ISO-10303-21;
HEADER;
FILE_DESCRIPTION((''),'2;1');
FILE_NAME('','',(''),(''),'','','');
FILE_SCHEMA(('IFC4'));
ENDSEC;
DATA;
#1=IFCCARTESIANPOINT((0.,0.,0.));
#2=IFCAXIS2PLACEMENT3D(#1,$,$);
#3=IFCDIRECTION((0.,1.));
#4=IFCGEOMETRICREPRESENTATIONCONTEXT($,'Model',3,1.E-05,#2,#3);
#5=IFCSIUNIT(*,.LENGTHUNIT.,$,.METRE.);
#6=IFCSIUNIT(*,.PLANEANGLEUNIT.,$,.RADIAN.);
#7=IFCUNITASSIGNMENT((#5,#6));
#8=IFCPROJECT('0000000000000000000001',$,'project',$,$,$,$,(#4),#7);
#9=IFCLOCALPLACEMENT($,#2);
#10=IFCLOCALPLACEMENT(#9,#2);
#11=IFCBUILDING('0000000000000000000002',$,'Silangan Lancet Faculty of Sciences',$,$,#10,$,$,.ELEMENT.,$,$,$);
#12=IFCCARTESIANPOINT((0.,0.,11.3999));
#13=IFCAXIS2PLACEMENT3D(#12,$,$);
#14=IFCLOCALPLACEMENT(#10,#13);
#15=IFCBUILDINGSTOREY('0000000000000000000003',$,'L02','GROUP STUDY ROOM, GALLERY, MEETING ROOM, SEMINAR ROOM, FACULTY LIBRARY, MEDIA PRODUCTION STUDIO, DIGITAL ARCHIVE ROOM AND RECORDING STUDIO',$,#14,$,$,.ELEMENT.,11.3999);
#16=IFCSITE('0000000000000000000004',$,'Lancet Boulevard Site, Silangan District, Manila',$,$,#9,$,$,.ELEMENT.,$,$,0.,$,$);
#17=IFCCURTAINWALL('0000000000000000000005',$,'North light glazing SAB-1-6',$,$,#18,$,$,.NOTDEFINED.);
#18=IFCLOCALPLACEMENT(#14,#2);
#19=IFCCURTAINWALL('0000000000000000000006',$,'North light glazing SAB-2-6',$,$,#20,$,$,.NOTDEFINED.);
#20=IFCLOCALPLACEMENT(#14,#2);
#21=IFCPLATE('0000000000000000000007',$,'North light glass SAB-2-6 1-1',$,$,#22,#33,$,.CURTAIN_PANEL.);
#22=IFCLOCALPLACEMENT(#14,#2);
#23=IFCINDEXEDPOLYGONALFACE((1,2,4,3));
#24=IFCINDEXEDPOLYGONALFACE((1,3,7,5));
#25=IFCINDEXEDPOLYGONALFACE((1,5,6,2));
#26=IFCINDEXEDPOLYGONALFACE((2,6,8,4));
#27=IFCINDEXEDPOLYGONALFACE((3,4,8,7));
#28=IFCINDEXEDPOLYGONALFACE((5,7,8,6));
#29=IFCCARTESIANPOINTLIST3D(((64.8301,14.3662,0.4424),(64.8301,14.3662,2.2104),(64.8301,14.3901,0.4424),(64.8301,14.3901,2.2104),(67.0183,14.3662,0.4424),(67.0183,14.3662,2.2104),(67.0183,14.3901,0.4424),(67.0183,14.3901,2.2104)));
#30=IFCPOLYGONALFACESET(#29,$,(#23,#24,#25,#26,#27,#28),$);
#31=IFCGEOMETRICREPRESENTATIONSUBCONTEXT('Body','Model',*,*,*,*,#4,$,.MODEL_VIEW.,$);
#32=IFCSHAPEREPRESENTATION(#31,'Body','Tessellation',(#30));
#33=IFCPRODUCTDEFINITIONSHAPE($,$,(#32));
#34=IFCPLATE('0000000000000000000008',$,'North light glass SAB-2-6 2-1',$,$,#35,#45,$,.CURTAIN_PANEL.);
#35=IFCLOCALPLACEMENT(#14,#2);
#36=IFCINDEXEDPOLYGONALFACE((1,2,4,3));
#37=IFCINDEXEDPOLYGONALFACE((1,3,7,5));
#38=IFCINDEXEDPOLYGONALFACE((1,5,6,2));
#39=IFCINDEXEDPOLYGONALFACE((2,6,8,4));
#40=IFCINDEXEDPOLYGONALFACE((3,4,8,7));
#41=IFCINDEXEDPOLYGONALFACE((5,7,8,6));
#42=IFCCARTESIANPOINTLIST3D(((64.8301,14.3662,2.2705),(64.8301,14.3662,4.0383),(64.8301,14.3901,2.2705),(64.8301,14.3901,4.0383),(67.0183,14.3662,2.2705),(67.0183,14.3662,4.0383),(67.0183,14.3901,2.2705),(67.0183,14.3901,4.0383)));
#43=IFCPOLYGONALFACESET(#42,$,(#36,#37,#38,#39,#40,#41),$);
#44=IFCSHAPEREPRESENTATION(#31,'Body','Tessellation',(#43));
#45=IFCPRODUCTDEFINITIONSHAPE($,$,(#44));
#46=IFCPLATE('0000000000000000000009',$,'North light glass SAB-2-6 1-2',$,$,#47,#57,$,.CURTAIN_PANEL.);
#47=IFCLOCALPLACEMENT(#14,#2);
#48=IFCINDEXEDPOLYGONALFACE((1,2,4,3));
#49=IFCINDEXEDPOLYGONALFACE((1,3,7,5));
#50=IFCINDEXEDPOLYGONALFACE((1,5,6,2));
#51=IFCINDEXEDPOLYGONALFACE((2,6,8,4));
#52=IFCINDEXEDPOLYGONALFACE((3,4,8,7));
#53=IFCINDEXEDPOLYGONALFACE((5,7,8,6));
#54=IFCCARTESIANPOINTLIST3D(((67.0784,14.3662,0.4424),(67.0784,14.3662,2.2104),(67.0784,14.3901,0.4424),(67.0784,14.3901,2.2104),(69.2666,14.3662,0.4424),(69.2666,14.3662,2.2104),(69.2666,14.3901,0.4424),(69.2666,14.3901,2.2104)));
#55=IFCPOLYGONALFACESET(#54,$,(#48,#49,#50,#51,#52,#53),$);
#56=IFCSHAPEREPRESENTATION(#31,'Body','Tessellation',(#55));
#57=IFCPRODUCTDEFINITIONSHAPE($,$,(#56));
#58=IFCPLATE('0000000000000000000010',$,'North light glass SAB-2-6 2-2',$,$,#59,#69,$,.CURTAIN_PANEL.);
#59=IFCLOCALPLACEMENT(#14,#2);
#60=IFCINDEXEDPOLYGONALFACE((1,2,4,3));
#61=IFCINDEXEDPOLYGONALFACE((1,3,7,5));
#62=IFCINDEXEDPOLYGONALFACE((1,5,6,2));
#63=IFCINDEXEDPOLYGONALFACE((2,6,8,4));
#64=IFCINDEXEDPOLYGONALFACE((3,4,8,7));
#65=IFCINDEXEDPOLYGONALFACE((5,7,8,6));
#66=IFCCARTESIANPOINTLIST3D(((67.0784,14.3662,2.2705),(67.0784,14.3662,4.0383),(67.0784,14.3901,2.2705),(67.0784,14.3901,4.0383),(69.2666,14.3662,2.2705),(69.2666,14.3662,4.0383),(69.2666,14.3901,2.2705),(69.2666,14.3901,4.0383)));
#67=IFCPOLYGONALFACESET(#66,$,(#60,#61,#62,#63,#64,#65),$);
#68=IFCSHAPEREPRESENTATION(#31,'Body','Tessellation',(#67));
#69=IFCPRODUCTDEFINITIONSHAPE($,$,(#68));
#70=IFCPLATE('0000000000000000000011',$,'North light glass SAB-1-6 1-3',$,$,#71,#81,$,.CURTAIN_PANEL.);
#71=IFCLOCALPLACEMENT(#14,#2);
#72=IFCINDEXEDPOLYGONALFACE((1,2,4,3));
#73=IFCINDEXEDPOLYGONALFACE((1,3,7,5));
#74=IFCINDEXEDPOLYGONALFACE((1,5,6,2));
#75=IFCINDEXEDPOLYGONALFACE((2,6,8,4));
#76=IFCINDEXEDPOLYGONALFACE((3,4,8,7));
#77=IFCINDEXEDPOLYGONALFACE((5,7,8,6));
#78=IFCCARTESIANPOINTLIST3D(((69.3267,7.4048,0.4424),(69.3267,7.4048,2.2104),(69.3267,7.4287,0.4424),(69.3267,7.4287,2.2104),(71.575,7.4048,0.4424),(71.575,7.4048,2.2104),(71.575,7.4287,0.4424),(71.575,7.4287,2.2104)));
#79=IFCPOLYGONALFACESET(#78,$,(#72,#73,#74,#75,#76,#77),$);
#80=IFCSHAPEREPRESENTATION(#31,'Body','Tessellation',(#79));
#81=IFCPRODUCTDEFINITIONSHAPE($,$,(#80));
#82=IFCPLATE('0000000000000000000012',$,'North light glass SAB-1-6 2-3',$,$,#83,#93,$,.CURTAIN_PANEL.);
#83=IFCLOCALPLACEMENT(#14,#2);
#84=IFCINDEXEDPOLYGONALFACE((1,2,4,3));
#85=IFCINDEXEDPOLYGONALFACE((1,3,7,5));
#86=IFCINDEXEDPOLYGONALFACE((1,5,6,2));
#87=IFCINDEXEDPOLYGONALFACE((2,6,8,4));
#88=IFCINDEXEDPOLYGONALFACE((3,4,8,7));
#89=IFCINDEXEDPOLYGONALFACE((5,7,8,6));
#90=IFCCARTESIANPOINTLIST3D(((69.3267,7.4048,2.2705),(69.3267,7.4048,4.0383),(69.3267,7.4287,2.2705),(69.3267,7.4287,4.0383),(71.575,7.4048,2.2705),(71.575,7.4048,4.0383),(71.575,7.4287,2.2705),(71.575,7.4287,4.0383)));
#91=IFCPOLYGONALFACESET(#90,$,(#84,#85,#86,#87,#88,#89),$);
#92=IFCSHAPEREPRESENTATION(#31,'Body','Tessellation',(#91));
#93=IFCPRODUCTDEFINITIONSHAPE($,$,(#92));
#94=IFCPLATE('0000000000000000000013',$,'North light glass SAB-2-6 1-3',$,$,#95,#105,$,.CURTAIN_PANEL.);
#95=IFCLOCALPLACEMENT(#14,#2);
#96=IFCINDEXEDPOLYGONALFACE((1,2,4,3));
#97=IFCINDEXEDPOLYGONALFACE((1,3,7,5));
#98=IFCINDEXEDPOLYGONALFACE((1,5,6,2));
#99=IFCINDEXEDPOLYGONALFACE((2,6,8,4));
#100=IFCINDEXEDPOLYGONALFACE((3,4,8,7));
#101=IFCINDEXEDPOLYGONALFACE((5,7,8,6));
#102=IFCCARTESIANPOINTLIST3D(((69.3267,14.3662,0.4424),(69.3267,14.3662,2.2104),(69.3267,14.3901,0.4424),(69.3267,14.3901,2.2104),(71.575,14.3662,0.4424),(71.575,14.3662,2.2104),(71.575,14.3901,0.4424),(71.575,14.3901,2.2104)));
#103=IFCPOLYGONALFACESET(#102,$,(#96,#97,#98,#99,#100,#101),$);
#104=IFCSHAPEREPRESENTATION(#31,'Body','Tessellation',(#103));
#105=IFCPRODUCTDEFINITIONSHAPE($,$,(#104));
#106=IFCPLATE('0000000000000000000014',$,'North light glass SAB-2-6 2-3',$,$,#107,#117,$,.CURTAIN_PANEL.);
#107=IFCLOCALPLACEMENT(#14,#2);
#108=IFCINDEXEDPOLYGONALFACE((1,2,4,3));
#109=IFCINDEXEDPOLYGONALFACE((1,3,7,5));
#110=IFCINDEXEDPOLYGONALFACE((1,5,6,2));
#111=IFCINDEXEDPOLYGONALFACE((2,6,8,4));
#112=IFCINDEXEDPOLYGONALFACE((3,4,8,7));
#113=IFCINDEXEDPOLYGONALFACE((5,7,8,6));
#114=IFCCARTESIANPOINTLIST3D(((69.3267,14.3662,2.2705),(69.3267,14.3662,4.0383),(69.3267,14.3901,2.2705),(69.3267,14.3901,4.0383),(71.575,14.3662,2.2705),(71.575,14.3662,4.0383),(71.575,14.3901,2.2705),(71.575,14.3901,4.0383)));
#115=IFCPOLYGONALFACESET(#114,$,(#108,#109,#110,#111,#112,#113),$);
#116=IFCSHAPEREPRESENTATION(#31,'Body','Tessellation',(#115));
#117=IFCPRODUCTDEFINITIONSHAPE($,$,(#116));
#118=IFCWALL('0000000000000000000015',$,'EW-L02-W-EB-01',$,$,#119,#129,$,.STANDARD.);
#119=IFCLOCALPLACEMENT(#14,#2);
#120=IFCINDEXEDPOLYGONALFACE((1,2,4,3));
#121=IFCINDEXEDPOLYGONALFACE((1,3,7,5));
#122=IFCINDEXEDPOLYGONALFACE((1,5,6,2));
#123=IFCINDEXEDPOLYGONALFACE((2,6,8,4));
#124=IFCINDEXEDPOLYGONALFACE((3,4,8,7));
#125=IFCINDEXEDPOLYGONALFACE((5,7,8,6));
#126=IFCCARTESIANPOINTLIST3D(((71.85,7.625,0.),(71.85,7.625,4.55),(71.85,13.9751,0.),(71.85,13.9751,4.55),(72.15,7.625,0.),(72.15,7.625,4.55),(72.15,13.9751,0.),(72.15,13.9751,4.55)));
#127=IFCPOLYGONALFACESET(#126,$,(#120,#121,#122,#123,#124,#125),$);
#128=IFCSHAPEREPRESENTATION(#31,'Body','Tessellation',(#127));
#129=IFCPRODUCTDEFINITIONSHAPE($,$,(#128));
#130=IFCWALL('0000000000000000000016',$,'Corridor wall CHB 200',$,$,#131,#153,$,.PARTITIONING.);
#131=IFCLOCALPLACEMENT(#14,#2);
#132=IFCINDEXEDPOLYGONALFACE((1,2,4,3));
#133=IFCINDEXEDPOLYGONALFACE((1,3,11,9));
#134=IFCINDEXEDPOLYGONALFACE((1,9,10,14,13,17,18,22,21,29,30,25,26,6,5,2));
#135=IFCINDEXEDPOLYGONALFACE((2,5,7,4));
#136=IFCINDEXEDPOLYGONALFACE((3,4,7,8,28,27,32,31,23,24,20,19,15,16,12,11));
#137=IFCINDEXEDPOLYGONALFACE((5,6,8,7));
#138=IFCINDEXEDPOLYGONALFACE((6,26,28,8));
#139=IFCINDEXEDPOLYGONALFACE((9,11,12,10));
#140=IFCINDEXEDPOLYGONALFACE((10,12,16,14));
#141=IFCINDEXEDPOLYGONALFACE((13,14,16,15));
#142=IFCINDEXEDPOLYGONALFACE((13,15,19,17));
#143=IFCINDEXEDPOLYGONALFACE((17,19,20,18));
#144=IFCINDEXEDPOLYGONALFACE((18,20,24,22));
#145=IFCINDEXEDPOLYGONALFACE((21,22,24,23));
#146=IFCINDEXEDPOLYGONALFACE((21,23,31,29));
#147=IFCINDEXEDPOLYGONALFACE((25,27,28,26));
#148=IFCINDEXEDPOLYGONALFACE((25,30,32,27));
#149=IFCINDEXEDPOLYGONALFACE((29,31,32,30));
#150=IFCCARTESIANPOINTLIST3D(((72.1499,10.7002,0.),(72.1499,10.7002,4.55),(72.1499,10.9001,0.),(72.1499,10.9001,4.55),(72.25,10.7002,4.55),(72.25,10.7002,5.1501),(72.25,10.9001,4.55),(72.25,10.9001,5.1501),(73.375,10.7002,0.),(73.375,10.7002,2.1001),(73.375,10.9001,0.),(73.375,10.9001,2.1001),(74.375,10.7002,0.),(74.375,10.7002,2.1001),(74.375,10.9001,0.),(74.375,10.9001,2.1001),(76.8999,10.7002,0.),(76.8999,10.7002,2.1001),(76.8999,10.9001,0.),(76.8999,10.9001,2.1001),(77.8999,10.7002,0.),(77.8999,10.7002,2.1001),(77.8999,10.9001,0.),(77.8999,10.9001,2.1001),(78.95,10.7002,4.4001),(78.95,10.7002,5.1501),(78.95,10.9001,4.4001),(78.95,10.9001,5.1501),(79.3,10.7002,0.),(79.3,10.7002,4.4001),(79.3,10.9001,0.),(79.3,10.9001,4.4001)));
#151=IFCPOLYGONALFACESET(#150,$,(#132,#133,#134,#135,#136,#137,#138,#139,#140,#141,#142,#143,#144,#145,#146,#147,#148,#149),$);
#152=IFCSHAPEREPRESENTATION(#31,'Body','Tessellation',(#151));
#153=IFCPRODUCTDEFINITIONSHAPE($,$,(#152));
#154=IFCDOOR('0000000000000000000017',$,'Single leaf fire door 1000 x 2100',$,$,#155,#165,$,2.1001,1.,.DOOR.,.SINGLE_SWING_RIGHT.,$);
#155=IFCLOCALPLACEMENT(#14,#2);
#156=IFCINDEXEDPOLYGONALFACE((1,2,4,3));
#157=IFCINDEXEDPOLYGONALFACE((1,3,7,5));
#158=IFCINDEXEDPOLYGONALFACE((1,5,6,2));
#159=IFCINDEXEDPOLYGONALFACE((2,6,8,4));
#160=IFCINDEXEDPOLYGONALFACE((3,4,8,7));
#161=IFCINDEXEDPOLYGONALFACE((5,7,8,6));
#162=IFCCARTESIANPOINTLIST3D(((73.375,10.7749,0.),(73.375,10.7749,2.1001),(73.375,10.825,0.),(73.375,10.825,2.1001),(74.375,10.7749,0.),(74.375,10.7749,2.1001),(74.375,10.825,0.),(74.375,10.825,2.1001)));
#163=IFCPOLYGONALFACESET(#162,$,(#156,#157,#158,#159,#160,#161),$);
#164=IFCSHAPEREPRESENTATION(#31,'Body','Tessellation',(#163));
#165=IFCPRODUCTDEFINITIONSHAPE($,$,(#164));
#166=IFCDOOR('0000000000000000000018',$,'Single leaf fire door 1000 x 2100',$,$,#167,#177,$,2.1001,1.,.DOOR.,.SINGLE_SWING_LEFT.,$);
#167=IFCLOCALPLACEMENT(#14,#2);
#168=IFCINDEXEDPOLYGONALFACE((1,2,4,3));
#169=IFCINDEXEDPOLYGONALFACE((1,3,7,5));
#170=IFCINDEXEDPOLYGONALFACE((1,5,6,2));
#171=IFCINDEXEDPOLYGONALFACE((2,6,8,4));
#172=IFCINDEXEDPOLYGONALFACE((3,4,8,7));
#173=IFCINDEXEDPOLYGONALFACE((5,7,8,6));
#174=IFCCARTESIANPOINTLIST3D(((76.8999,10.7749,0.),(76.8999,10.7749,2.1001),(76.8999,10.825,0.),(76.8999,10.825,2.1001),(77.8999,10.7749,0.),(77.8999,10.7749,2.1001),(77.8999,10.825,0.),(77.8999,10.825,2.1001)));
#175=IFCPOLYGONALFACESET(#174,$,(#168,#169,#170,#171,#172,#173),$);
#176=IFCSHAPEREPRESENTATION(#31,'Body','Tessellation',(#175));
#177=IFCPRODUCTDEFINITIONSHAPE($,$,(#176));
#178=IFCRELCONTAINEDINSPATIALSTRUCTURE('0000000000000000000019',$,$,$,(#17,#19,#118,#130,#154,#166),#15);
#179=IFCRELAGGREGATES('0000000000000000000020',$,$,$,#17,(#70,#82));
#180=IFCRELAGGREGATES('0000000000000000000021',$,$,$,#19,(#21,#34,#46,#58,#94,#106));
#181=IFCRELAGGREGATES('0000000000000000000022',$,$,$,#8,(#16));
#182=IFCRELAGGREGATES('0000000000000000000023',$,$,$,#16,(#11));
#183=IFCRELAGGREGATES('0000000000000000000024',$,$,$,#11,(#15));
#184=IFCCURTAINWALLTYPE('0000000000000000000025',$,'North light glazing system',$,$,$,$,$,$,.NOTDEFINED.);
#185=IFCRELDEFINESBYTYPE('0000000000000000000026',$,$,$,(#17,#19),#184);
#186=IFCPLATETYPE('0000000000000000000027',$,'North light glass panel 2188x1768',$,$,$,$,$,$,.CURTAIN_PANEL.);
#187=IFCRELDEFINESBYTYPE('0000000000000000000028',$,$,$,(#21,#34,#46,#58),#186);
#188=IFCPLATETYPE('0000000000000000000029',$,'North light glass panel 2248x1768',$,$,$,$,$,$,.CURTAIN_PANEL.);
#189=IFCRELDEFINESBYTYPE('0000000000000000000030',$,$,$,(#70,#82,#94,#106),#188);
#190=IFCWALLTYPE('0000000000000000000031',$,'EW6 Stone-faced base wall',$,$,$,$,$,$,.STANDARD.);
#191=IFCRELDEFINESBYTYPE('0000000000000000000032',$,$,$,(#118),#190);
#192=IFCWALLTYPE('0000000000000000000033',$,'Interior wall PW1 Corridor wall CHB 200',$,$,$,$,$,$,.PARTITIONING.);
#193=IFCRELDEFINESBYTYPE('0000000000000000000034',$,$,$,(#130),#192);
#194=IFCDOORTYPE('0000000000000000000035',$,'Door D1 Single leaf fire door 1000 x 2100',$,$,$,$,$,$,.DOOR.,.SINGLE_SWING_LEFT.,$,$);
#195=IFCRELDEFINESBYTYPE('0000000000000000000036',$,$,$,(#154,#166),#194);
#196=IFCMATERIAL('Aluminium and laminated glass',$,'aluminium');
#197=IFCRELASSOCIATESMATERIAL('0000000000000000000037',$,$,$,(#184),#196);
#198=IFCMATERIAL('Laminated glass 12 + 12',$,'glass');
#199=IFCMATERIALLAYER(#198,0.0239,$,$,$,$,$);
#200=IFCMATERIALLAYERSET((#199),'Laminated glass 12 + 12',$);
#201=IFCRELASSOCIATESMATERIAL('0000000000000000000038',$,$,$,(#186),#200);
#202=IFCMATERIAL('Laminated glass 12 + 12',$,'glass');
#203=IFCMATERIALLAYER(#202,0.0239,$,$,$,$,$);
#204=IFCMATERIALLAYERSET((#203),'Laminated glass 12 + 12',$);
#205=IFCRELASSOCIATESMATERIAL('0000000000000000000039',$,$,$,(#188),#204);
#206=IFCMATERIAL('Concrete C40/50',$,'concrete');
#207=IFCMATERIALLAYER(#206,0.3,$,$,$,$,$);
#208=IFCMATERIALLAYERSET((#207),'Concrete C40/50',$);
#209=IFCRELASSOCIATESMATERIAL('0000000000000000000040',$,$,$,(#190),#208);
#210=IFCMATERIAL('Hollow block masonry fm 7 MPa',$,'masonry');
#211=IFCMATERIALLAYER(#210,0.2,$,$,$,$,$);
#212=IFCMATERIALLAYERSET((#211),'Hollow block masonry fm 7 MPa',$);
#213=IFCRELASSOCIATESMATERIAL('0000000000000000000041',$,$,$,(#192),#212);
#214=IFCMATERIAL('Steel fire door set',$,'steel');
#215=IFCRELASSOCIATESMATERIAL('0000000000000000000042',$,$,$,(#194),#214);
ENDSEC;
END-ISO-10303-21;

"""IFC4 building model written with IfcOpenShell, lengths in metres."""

from ifc_helpers import new_model, si_unit, direction, frame, frame_2d, origin, place, context, subcontext, project, spatial, polyline, rectangle, outline, extrude, material, layer, layer_set, type_object, element, fill, aggregate, save


model = new_model("IFC4")

# Units and contexts
model_context = context("Model", 3, precision=1e-05, world=origin(), true_north=direction((0.0, 1.0)))
body_context = subcontext(model_context, "Body", "Model", "MODEL_VIEW")
ifc_project = project(units=[si_unit("LENGTHUNIT", "METRE"), si_unit("PLANEANGLEUNIT", "RADIAN")], contexts=[model_context])

# Site, building, storey
site_placement = place(None, origin())
site = spatial("IfcSite", under=ifc_project, at=site_placement, Name="Lancet Boulevard Site, Silangan District, Manila", CompositionType="ELEMENT", RefElevation=0.0)
building_placement = place(site_placement, origin())
building = spatial("IfcBuilding", under=site, at=building_placement, Name="Silangan Lancet Faculty of Sciences", CompositionType="ELEMENT")
storey_placement = place(building_placement, frame((0.0, 0.0, 11.3999)))
storey = spatial("IfcBuildingStorey", under=building, at=storey_placement, Name="L02", Description="GROUP STUDY ROOM, GALLERY, MEETING ROOM, SEMINAR ROOM, FACULTY LIBRARY, MEDIA PRODUCTION STUDIO, DIGITAL ARCHIVE ROOM AND RECORDING STUDIO", CompositionType="ELEMENT", Elevation=11.3999)

# Curtain walls
ifc_material_1 = material(Name="Aluminium and laminated glass", Category="aluminium")
curtain_wall_type = type_object("IfcCurtainWallType", Name="North light glazing system", PredefinedType="NOTDEFINED", material=ifc_material_1)
curtain_wall_1_placement = place(storey_placement, origin())
curtain_wall_1 = element("IfcCurtainWall", 1, at=curtain_wall_1_placement, inside=storey, type_object=curtain_wall_type, Name="North light glazing SAB-1-6", PredefinedType="NOTDEFINED")
curtain_wall_2_placement = place(storey_placement, origin())
curtain_wall_2 = element("IfcCurtainWall", 2, at=curtain_wall_2_placement, inside=storey, type_object=curtain_wall_type, Name="North light glazing SAB-2-6", PredefinedType="NOTDEFINED")

# Plates
ifc_material_2 = material(Name="Laminated glass 12 + 12", Category="glass")
ifc_layer_1 = layer(ifc_material_2, 0.0239)
ifc_layer_set_1 = layer_set([ifc_layer_1], Name="Laminated glass 12 + 12")
plate_type_1 = type_object("IfcPlateType", Name="North light glass panel 2188x1768", PredefinedType="CURTAIN_PANEL", material=ifc_layer_set_1)
plate_1_placement = place(storey_placement, frame((64.8301, 14.3662, 0.4424), z_axis=(0.0, -1.0, 0.0), x_axis=(1.0, 0.0, 0.0)))
plate_1 = element("IfcPlate", 3, at=plate_1_placement, type_object=plate_type_1, Name="North light glass SAB-2-6 1-1", PredefinedType="CURTAIN_PANEL", context=body_context, shape_type="SweptSolid", body=[
    extrude(outline(polyline([(0.0, 0.0), (2.1882, 0.0), (2.1882, 1.7681), (0.0, 1.7681), (0.0, 0.0)])), origin(), (0.0, 0.0, -1.0), 0.0239),
])
plate_2_placement = place(storey_placement, frame((64.8301, 14.3662, 2.2705), z_axis=(0.0, -1.0, 0.0), x_axis=(1.0, 0.0, 0.0)))
plate_2 = element("IfcPlate", 4, at=plate_2_placement, type_object=plate_type_1, Name="North light glass SAB-2-6 2-1", PredefinedType="CURTAIN_PANEL", context=body_context, shape_type="SweptSolid", body=[
    extrude(outline(polyline([(0.0, 0.0), (2.1882, 0.0), (2.1882, 1.7678), (0.0, 1.7678), (0.0, 0.0)])), origin(), (0.0, 0.0, -1.0), 0.0239),
])
plate_3_placement = place(storey_placement, frame((67.0784, 14.3662, 0.4424), z_axis=(0.0, -1.0, 0.0), x_axis=(1.0, 0.0, 0.0)))
plate_3 = element("IfcPlate", 5, at=plate_3_placement, type_object=plate_type_1, Name="North light glass SAB-2-6 1-2", PredefinedType="CURTAIN_PANEL", context=body_context, shape_type="SweptSolid", body=[
    extrude(outline(polyline([(0.0, 0.0), (2.1882, 0.0), (2.1882, 1.7681), (0.0, 1.7681), (0.0, 0.0)])), origin(), (0.0, 0.0, -1.0), 0.0239),
])
plate_4_placement = place(storey_placement, frame((67.0784, 14.3662, 2.2705), z_axis=(0.0, -1.0, 0.0), x_axis=(1.0, 0.0, 0.0)))
plate_4 = element("IfcPlate", 6, at=plate_4_placement, type_object=plate_type_1, Name="North light glass SAB-2-6 2-2", PredefinedType="CURTAIN_PANEL", context=body_context, shape_type="SweptSolid", body=[
    extrude(outline(polyline([(0.0, 0.0), (2.1882, 0.0), (2.1882, 1.7678), (0.0, 1.7678), (0.0, 0.0)])), origin(), (0.0, 0.0, -1.0), 0.0239),
])
ifc_material_3 = material(Name="Laminated glass 12 + 12", Category="glass")
ifc_layer_2 = layer(ifc_material_3, 0.0239)
ifc_layer_set_2 = layer_set([ifc_layer_2], Name="Laminated glass 12 + 12")
plate_type_2 = type_object("IfcPlateType", Name="North light glass panel 2248x1768", PredefinedType="CURTAIN_PANEL", material=ifc_layer_set_2)
plate_5_placement = place(storey_placement, frame((69.3267, 7.4048, 0.4424), z_axis=(0.0, -1.0, 0.0), x_axis=(1.0, 0.0, 0.0)))
plate_5 = element("IfcPlate", 7, at=plate_5_placement, type_object=plate_type_2, Name="North light glass SAB-1-6 1-3", PredefinedType="CURTAIN_PANEL", context=body_context, shape_type="SweptSolid", body=[
    extrude(outline(polyline([(0.0, 0.0), (2.2483, 0.0), (2.2483, 1.7681), (0.0, 1.7681), (0.0, 0.0)])), origin(), (0.0, 0.0, -1.0), 0.0239),
])
plate_6_placement = place(storey_placement, frame((69.3267, 7.4048, 2.2705), z_axis=(0.0, -1.0, 0.0), x_axis=(1.0, 0.0, 0.0)))
plate_6 = element("IfcPlate", 8, at=plate_6_placement, type_object=plate_type_2, Name="North light glass SAB-1-6 2-3", PredefinedType="CURTAIN_PANEL", context=body_context, shape_type="SweptSolid", body=[
    extrude(outline(polyline([(0.0, 0.0), (2.2483, 0.0), (2.2483, 1.7678), (0.0, 1.7678), (0.0, 0.0)])), origin(), (0.0, 0.0, -1.0), 0.0239),
])
aggregate(curtain_wall_1, [plate_5, plate_6])
plate_7_placement = place(storey_placement, frame((69.3267, 14.3662, 0.4424), z_axis=(0.0, -1.0, 0.0), x_axis=(1.0, 0.0, 0.0)))
plate_7 = element("IfcPlate", 9, at=plate_7_placement, type_object=plate_type_2, Name="North light glass SAB-2-6 1-3", PredefinedType="CURTAIN_PANEL", context=body_context, shape_type="SweptSolid", body=[
    extrude(outline(polyline([(0.0, 0.0), (2.2483, 0.0), (2.2483, 1.7681), (0.0, 1.7681), (0.0, 0.0)])), origin(), (0.0, 0.0, -1.0), 0.0239),
])
plate_8_placement = place(storey_placement, frame((69.3267, 14.3662, 2.2705), z_axis=(0.0, -1.0, 0.0), x_axis=(1.0, 0.0, 0.0)))
plate_8 = element("IfcPlate", 10, at=plate_8_placement, type_object=plate_type_2, Name="North light glass SAB-2-6 2-3", PredefinedType="CURTAIN_PANEL", context=body_context, shape_type="SweptSolid", body=[
    extrude(outline(polyline([(0.0, 0.0), (2.2483, 0.0), (2.2483, 1.7678), (0.0, 1.7678), (0.0, 0.0)])), origin(), (0.0, 0.0, -1.0), 0.0239),
])
aggregate(curtain_wall_2, [plate_1, plate_2, plate_3, plate_4, plate_7, plate_8])

# Wall
ifc_material_4 = material(Name="Concrete C40/50", Category="concrete")
ifc_layer_3 = layer(ifc_material_4, 0.3)
ifc_layer_set_3 = layer_set([ifc_layer_3], Name="Concrete C40/50")
wall_type_1 = type_object("IfcWallType", Name="EW6 Stone-faced base wall", PredefinedType="STANDARD", material=ifc_layer_set_3)
wall_1_placement = place(storey_placement, frame((72.0, 7.625, 0.0), z_axis=(0.0, 0.0, 1.0), x_axis=(0.0, 1.0, 0.0)))
element("IfcWall", 11, at=wall_1_placement, inside=storey, type_object=wall_type_1, Name="EW-L02-W-EB-01", PredefinedType="STANDARD", context=body_context, shape_type="SweptSolid", body=[
    extrude(rectangle(XDim=6.3501, YDim=0.3, at=frame_2d((3.175, 0.0))), origin(), (0.0, 0.0, 1.0), 4.55),
])

# Wall, openings, doors
ifc_material_5 = material(Name="Hollow block masonry fm 7 MPa", Category="masonry")
ifc_layer_4 = layer(ifc_material_5, 0.2)
ifc_layer_set_4 = layer_set([ifc_layer_4], Name="Hollow block masonry fm 7 MPa")
wall_type_2 = type_object("IfcWallType", Name="Interior wall PW1 Corridor wall CHB 200", PredefinedType="PARTITIONING", material=ifc_layer_set_4)
wall_2_placement = place(storey_placement, frame((72.1499, 10.8, 0.0), z_axis=(0.0, 0.0, 1.0), x_axis=(1.0, 0.0, 0.0)))
wall_2 = element("IfcWall", 12, at=wall_2_placement, inside=storey, type_object=wall_type_2, Name="Corridor wall CHB 200", PredefinedType="PARTITIONING", context=body_context, shape_type="SweptSolid", body=[
    extrude(outline(polyline([(0.0, 0.0), (7.1501, 0.0), (7.1501, 4.4001), (6.8, 4.4001), (6.8, 5.1501), (0.1001, 5.1501), (0.1001, 4.55), (0.0, 4.55), (0.0, 0.0)])), frame((0.0, 0.1001, 0.0), z_axis=(0.0, -1.0, 0.0), x_axis=(1.0, 0.0, 0.0)), (0.0, 0.0, 1.0), 0.2),
])
opening_1_placement = place(wall_2_placement, frame((1.2251, 0.0, 0.0)))
opening_1 = element("IfcOpeningElement", 13, at=opening_1_placement, cuts=wall_2, PredefinedType="OPENING", context=body_context, shape_type="SweptSolid", body=[
    extrude(rectangle(XDim=1.0, YDim=2.1001, at=frame_2d((0.5, 1.05))), frame((0.0, 0.1099, 0.0), z_axis=(0.0, -1.0, 0.0), x_axis=(1.0, 0.0, 0.0)), (0.0, 0.0, 1.0), 0.22),
])
opening_2_placement = place(wall_2_placement, frame((4.75, 0.0, 0.0)))
opening_2 = element("IfcOpeningElement", 14, at=opening_2_placement, cuts=wall_2, PredefinedType="OPENING", context=body_context, shape_type="SweptSolid", body=[
    extrude(rectangle(XDim=1.0, YDim=2.1001, at=frame_2d((0.5, 1.05))), frame((0.0, 0.1099, 0.0), z_axis=(0.0, -1.0, 0.0), x_axis=(1.0, 0.0, 0.0)), (0.0, 0.0, 1.0), 0.22),
])
ifc_material_6 = material(Name="Steel fire door set", Category="steel")
door_type = type_object("IfcDoorType", Name="Door D1 Single leaf fire door 1000 x 2100", OperationType="SINGLE_SWING_LEFT", PredefinedType="DOOR", material=ifc_material_6)
door_1_placement = place(opening_1_placement, origin())
door_1 = element("IfcDoor", 15, at=door_1_placement, inside=storey, type_object=door_type, Name="Single leaf fire door 1000 x 2100", OperationType="SINGLE_SWING_RIGHT", OverallHeight=2.1001, OverallWidth=1.0, PredefinedType="DOOR", context=body_context, shape_type="SweptSolid", body=[
    extrude(rectangle(XDim=1.0, YDim=2.1001, at=frame_2d((0.5, 1.05))), frame((0.0, 0.0249, 0.0), z_axis=(0.0, -1.0, 0.0), x_axis=(1.0, 0.0, 0.0)), (0.0, 0.0, 1.0), 0.05),
])
fill(opening_1, door_1)
door_2_placement = place(opening_2_placement, origin())
door_2 = element("IfcDoor", 16, at=door_2_placement, inside=storey, type_object=door_type, Name="Single leaf fire door 1000 x 2100", OperationType="SINGLE_SWING_LEFT", OverallHeight=2.1001, OverallWidth=1.0, PredefinedType="DOOR", context=body_context, shape_type="SweptSolid", body=[
    extrude(rectangle(XDim=1.0, YDim=2.1001, at=frame_2d((0.5, 1.05))), frame((0.0, 0.0249, 0.0), z_axis=(0.0, -1.0, 0.0), x_axis=(1.0, 0.0, 0.0)), (0.0, 0.0, 1.0), 0.05),
])
fill(opening_2, door_2)

save(model, "model.ifc")
